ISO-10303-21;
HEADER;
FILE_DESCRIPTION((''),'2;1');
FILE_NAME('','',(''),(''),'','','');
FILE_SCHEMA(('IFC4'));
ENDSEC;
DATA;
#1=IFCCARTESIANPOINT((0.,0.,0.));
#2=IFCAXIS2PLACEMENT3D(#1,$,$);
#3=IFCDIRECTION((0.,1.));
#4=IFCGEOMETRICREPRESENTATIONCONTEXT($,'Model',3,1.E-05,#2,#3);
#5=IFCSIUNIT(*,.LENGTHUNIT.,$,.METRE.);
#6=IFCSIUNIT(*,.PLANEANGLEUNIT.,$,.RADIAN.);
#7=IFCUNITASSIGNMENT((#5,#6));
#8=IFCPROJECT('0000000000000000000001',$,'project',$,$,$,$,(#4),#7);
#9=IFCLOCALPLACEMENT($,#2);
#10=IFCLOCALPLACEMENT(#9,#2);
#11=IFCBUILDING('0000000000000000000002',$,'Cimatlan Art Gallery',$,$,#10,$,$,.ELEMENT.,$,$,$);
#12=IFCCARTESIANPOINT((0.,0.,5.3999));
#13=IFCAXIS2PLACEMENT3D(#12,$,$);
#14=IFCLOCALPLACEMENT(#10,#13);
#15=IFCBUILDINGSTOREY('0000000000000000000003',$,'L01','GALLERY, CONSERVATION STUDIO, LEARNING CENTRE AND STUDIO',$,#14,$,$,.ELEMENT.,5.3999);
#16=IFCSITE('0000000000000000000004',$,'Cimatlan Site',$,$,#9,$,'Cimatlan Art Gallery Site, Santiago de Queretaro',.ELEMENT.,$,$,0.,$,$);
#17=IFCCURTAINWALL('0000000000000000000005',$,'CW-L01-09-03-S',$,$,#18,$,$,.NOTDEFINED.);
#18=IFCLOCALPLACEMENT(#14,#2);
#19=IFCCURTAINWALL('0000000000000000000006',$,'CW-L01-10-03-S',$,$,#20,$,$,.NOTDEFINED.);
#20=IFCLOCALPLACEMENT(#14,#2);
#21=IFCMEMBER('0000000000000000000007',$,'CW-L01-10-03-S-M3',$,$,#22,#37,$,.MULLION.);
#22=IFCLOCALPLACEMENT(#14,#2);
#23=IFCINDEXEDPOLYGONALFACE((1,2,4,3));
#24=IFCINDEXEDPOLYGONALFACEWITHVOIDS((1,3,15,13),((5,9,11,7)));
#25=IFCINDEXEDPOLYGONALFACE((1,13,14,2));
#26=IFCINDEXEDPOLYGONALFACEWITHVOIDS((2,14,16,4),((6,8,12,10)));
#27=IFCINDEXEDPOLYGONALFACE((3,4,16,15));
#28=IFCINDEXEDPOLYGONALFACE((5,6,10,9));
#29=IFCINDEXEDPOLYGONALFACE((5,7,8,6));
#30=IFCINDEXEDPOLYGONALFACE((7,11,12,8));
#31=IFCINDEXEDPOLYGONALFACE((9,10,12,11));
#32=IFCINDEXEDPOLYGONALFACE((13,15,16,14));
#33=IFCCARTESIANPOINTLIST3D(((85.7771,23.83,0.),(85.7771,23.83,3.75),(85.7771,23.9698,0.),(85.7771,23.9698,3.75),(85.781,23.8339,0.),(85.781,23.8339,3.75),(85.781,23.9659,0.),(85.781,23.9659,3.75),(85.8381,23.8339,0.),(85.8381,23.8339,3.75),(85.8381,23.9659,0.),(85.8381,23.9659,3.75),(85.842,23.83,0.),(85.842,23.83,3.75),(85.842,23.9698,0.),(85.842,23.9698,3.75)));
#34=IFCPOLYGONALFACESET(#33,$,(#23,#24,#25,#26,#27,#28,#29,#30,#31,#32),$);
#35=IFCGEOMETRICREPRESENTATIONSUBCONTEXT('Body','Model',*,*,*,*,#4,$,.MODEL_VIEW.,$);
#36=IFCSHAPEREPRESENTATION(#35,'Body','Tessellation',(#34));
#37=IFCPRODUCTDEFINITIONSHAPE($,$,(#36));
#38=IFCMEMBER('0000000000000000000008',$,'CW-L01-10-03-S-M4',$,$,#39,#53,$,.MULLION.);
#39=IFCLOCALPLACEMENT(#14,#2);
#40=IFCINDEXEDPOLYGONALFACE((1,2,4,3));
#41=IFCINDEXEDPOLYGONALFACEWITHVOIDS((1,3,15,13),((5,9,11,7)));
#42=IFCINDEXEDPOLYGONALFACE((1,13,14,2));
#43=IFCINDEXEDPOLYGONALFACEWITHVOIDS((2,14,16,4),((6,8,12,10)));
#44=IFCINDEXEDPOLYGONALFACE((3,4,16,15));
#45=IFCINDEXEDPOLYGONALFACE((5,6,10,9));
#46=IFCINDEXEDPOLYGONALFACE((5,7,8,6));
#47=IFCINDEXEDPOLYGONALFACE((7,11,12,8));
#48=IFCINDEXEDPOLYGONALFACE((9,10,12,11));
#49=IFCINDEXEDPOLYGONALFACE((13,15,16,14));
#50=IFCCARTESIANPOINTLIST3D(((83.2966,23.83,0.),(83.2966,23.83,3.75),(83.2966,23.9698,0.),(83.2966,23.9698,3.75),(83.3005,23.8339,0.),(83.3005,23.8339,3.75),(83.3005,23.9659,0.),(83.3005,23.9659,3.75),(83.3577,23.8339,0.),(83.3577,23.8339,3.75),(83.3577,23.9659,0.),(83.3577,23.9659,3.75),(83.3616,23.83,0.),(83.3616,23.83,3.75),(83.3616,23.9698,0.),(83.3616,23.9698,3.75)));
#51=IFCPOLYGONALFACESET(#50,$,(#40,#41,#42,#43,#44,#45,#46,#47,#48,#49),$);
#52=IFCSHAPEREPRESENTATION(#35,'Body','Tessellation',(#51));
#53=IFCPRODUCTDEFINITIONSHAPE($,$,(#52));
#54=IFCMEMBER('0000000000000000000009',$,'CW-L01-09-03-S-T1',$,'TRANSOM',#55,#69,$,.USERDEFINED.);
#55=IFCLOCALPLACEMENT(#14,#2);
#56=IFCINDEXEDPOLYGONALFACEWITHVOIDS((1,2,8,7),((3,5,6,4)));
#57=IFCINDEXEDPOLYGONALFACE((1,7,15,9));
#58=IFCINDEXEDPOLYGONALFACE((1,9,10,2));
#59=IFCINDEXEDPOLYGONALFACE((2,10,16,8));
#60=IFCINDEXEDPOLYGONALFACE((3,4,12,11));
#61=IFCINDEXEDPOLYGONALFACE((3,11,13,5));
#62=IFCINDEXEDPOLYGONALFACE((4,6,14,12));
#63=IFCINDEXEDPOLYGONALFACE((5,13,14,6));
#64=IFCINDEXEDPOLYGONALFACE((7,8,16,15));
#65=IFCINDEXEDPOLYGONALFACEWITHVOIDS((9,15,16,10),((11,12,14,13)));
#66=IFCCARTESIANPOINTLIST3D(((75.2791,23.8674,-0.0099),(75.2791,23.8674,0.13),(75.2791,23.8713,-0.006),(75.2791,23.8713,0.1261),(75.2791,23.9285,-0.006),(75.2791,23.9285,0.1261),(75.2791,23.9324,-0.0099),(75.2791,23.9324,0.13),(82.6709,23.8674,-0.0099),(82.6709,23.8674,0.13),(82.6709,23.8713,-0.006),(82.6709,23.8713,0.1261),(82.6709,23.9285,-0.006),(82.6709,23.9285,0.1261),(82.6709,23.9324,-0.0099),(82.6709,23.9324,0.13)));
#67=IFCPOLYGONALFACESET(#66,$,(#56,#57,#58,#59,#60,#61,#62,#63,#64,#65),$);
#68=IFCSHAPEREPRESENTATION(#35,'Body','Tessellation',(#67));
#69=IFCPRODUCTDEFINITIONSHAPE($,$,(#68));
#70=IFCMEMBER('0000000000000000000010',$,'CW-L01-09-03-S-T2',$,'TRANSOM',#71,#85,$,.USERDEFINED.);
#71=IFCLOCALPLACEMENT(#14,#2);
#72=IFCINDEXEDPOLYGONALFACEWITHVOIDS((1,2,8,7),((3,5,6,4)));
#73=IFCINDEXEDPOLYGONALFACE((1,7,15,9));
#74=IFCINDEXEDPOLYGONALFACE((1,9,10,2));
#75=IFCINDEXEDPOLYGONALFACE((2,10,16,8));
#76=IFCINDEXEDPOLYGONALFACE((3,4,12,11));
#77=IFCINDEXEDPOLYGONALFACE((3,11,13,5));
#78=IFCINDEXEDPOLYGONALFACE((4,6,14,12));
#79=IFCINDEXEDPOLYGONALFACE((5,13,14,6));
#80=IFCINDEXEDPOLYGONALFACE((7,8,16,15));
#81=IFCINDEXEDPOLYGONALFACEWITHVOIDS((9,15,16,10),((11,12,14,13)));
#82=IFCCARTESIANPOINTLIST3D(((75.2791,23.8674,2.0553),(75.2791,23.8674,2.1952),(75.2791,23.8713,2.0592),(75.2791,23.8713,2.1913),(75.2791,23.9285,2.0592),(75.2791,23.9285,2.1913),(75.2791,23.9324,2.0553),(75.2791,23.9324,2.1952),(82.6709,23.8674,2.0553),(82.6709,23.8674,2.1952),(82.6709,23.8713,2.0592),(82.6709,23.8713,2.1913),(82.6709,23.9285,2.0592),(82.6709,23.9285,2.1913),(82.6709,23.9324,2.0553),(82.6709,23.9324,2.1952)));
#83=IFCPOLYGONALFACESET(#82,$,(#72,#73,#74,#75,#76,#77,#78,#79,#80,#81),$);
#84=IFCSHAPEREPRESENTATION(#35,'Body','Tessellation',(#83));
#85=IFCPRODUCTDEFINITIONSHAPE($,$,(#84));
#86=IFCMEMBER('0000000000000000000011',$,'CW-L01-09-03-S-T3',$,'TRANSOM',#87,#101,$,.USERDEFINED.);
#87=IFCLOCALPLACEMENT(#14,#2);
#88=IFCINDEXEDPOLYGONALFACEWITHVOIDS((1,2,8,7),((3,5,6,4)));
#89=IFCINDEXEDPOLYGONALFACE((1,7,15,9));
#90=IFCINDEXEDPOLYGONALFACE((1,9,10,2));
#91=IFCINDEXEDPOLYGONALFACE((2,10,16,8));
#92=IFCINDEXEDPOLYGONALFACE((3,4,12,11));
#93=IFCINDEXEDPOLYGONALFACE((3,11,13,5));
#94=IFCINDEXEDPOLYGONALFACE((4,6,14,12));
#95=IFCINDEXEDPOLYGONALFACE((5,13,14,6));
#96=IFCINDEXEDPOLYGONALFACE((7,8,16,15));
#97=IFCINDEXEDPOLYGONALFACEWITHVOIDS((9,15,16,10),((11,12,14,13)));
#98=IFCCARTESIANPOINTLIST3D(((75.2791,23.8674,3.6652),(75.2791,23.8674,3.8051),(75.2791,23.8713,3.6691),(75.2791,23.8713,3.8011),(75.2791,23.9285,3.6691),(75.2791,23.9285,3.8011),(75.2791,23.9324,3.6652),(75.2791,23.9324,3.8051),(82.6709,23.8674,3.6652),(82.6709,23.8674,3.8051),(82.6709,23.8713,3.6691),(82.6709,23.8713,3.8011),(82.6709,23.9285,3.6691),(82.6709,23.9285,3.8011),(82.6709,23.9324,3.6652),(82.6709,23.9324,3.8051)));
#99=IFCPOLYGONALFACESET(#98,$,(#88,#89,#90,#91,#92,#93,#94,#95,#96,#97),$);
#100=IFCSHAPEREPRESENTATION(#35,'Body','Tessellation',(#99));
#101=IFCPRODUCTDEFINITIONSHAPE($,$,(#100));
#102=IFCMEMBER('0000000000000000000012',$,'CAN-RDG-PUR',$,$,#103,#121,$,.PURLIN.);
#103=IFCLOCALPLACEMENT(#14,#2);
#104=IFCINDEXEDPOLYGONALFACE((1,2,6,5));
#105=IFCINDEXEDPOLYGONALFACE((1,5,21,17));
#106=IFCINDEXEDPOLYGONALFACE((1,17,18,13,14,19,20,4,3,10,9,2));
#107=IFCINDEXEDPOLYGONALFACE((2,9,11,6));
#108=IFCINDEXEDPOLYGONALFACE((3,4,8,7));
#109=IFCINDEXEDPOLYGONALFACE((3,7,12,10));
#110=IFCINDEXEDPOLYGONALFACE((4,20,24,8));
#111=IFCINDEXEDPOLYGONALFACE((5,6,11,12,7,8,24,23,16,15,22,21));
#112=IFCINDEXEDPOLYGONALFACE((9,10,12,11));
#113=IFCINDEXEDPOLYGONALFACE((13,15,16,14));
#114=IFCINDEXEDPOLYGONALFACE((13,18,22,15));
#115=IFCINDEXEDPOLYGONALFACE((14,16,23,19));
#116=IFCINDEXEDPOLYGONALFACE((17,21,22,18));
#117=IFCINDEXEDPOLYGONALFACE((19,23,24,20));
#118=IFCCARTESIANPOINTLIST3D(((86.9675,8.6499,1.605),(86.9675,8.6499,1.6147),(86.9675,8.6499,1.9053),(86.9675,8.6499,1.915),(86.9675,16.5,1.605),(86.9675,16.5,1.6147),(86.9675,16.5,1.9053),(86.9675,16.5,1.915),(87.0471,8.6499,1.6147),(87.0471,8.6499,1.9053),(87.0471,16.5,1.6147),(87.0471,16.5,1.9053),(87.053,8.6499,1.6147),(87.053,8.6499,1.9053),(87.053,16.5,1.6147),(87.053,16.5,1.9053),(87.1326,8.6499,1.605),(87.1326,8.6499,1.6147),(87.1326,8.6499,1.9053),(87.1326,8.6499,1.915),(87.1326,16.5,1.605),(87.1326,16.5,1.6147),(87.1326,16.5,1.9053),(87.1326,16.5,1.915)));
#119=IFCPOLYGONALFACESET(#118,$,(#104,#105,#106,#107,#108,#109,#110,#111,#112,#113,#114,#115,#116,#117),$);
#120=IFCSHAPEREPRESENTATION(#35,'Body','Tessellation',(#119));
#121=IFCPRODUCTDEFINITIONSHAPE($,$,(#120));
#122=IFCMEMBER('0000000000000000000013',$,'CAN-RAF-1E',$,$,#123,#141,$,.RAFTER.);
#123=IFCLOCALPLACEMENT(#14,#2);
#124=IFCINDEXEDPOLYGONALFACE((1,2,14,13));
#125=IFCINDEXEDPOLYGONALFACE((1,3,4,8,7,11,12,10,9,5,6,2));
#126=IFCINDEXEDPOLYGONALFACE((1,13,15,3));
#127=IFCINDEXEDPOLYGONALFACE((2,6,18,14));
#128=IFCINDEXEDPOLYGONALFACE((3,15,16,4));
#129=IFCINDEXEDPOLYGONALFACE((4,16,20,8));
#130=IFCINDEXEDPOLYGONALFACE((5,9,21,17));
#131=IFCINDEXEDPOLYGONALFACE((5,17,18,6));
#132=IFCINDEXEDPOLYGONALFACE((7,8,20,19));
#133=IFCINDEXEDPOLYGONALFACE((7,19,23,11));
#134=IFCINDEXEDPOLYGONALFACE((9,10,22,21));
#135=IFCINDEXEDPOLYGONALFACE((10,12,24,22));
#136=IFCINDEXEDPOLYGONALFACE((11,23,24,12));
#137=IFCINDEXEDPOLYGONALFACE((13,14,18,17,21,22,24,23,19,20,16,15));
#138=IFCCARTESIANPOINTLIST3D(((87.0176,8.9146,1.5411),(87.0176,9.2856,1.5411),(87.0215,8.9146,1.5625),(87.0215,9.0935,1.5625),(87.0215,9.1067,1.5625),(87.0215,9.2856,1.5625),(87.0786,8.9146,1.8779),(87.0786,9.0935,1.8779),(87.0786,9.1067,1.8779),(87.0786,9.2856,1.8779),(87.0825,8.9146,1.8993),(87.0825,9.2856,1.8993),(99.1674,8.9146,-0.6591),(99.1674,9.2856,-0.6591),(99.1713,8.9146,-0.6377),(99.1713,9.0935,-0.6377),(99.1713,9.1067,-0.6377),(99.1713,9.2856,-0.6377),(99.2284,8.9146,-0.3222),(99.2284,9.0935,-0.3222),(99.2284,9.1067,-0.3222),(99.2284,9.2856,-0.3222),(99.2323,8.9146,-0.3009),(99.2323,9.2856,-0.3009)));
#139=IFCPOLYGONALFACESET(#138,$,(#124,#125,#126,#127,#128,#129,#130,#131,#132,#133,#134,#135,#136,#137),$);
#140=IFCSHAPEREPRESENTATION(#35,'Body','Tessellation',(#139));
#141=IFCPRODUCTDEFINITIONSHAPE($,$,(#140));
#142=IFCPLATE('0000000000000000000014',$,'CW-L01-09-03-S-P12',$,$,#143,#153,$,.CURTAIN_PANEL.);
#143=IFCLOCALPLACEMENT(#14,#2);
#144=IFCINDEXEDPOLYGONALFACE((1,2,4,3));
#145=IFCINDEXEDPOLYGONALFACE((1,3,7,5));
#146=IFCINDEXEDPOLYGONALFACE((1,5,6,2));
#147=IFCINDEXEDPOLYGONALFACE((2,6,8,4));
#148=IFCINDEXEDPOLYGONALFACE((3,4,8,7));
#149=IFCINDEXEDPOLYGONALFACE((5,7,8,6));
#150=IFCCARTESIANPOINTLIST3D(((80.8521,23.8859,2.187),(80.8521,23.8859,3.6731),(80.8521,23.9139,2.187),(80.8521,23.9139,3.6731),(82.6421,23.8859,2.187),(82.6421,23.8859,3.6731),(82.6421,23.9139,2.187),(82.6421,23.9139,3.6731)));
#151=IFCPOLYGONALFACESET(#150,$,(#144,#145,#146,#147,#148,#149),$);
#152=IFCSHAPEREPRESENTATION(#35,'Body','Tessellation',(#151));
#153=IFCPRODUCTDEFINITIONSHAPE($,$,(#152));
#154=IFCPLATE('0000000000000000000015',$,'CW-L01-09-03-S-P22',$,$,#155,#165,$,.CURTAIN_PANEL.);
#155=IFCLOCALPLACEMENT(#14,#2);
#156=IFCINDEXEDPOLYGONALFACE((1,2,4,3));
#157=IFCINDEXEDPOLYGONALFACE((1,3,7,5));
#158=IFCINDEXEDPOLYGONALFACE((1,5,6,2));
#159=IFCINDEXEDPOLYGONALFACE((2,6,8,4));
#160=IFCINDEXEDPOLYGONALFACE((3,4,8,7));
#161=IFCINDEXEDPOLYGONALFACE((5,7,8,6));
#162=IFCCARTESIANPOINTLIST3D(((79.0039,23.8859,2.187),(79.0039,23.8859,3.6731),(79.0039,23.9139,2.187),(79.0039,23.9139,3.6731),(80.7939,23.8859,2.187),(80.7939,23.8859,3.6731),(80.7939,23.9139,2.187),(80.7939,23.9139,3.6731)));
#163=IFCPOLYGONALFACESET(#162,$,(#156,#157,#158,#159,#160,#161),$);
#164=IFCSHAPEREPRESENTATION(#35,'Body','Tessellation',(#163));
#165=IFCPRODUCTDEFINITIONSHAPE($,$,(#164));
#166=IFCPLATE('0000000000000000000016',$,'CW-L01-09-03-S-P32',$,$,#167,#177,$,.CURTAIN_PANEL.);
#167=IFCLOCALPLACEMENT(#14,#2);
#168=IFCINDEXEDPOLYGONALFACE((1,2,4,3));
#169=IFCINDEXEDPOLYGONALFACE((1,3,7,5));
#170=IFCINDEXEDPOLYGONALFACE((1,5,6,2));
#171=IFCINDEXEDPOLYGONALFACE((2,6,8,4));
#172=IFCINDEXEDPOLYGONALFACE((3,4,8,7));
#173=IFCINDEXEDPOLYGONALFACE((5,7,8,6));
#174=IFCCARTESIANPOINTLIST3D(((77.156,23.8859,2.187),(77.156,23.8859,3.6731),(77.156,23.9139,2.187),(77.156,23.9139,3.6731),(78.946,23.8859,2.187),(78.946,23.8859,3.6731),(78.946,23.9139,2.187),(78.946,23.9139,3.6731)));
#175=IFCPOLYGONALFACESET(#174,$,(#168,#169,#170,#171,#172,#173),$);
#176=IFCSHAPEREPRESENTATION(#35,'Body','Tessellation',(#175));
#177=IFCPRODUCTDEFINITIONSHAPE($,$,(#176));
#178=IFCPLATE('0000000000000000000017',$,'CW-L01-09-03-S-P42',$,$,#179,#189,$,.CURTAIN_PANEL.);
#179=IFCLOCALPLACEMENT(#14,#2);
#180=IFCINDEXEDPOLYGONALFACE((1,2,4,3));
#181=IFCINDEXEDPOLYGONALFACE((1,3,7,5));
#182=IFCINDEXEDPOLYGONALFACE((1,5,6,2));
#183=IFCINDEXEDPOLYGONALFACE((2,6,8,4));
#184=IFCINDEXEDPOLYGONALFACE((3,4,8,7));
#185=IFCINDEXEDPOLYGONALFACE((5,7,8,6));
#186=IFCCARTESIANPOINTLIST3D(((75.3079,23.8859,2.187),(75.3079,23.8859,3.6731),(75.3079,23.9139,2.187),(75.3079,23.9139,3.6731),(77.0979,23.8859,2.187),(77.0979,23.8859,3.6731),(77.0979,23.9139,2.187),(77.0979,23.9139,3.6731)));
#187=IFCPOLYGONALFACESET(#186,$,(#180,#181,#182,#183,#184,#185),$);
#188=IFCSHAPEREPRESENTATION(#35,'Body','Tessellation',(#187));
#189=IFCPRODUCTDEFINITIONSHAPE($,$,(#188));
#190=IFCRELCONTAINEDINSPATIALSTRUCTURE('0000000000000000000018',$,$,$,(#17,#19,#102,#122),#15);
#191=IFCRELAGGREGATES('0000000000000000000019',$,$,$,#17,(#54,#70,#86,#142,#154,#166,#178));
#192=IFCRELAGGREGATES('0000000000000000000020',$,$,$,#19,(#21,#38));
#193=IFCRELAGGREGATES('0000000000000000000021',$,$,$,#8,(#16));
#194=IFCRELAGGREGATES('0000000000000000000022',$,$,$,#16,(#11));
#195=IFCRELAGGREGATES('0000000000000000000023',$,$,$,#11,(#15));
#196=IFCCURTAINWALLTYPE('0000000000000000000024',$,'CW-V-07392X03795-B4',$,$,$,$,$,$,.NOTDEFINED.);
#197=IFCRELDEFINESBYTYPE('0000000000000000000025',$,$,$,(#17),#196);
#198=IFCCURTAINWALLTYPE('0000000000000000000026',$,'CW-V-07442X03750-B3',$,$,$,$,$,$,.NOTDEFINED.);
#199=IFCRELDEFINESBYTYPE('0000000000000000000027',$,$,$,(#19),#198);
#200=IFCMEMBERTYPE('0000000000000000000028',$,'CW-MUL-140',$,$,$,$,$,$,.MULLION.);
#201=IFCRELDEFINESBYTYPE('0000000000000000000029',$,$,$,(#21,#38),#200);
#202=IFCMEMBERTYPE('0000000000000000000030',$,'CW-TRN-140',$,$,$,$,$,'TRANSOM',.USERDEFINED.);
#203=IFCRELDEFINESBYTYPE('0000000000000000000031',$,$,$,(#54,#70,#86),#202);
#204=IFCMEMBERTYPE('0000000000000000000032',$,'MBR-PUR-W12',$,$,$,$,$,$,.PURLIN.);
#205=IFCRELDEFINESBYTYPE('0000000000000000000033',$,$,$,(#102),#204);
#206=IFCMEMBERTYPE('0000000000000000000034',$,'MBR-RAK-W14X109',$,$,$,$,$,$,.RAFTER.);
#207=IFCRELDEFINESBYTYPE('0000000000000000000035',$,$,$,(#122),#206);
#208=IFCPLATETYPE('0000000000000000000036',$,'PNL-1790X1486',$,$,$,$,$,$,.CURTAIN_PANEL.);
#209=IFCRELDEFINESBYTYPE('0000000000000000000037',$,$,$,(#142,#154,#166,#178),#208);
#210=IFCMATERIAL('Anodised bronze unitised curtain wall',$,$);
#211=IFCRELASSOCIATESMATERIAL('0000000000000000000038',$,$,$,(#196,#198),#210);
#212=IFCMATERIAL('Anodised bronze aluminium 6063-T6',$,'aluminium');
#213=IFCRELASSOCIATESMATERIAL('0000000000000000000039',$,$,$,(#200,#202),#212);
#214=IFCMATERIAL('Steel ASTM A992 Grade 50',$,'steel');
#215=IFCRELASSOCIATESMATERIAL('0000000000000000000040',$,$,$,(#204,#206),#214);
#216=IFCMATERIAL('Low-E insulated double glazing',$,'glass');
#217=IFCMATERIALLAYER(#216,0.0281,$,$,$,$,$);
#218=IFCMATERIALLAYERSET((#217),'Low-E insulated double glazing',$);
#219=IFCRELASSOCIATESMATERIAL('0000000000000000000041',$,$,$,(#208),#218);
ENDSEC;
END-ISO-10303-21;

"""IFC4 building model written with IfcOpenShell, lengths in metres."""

from ifc_helpers import new_model, si_unit, direction, frame, origin, origin_2d, place, context, subcontext, project, spatial, rectangle, hollow_rectangle, i_section, extrude, material, layer, layer_set, material_profile, profile_set, type_object, element, aggregate, save


model = new_model("IFC4")

# Units and contexts
model_context = context("Model", 3, precision=1e-05, world=origin(), true_north=direction((0.0, 1.0)))
body_context = subcontext(model_context, "Body", "Model", "MODEL_VIEW")
ifc_project = project(units=[si_unit("LENGTHUNIT", "METRE"), si_unit("PLANEANGLEUNIT", "RADIAN")], contexts=[model_context])

# Site, building, storey
site_placement = place(None, origin())
site = spatial("IfcSite", under=ifc_project, at=site_placement, Name="Cimatlan Site", LongName="Cimatlan Art Gallery Site, Santiago de Queretaro", CompositionType="ELEMENT", RefElevation=0.0)
building_placement = place(site_placement, origin())
building = spatial("IfcBuilding", under=site, at=building_placement, Name="Cimatlan Art Gallery", CompositionType="ELEMENT")
storey_placement = place(building_placement, frame((0.0, 0.0, 5.3999)))
storey = spatial("IfcBuildingStorey", under=building, at=storey_placement, Name="L01", Description="GALLERY, CONSERVATION STUDIO, LEARNING CENTRE AND STUDIO", CompositionType="ELEMENT", Elevation=5.3999)

# Shared definitions
ifc_material_1 = material(Name="Steel ASTM A992 Grade 50", Category="steel")

# Curtain walls, members
ifc_material_2 = material(Name="Anodised bronze unitised curtain wall")
curtain_wall_type_1 = type_object("IfcCurtainWallType", Name="CW-V-07392X03795-B4", PredefinedType="NOTDEFINED", material=ifc_material_2)
curtain_wall_1_placement = place(storey_placement, origin())
curtain_wall_1 = element("IfcCurtainWall", 1, at=curtain_wall_1_placement, inside=storey, type_object=curtain_wall_type_1, Name="CW-L01-09-03-S", PredefinedType="NOTDEFINED")
ifc_material_3 = material(Name="Anodised bronze aluminium 6063-T6", Category="aluminium")
ifc_material_profile_1 = material_profile(ifc_material_3, hollow_rectangle(XDim=0.0649, YDim=0.1399, WallThickness=0.0039, at=origin_2d()), Name="ALU65X140X4")
ifc_profile_set_1 = profile_set([ifc_material_profile_1], Name="Anodised bronze aluminium 6063-T6")
member_type_1 = type_object("IfcMemberType", Name="CW-MUL-140", PredefinedType="MULLION", material=ifc_profile_set_1)
curtain_wall_type_2 = type_object("IfcCurtainWallType", Name="CW-V-07442X03750-B3", PredefinedType="NOTDEFINED", material=ifc_material_2)
curtain_wall_2_placement = place(storey_placement, origin())
curtain_wall_2 = element("IfcCurtainWall", 2, at=curtain_wall_2_placement, inside=storey, type_object=curtain_wall_type_2, Name="CW-L01-10-03-S", PredefinedType="NOTDEFINED")
member_1_placement = place(storey_placement, frame((85.8096, 23.8999, 0.0), z_axis=(0.0, 0.0, 1.0), x_axis=(1.0, 0.0, 0.0)))
member_1 = element("IfcMember", 3, at=member_1_placement, type_object=member_type_1, Name="CW-L01-10-03-S-M3", PredefinedType="MULLION", context=body_context, shape_type="SweptSolid", body=[
    extrude(hollow_rectangle(XDim=0.0649, YDim=0.1399, WallThickness=0.0039, at=origin_2d()), origin(), (0.0, 0.0, 1.0), 3.75),
])
member_2_placement = place(storey_placement, frame((83.3291, 23.8999, 0.0), z_axis=(0.0, 0.0, 1.0), x_axis=(1.0, 0.0, 0.0)))
member_2 = element("IfcMember", 4, at=member_2_placement, type_object=member_type_1, Name="CW-L01-10-03-S-M4", PredefinedType="MULLION", context=body_context, shape_type="SweptSolid", body=[
    extrude(hollow_rectangle(XDim=0.0649, YDim=0.1399, WallThickness=0.0039, at=origin_2d()), origin(), (0.0, 0.0, 1.0), 3.75),
])

# Members
ifc_material_profile_2 = material_profile(ifc_material_3, hollow_rectangle(XDim=0.0649, YDim=0.1399, WallThickness=0.0039, at=origin_2d()), Name="ALU65X140X4")
ifc_profile_set_2 = profile_set([ifc_material_profile_2], Name="Anodised bronze aluminium 6063-T6")
member_type_2 = type_object("IfcMemberType", Name="CW-TRN-140", ElementType="TRANSOM", PredefinedType="USERDEFINED", material=ifc_profile_set_2)
member_3_placement = place(storey_placement, frame((82.6709, 23.8999, 0.0601), z_axis=(-1.0, 0.0, 0.0), x_axis=(0.0, -1.0, 0.0)))
member_3 = element("IfcMember", 5, at=member_3_placement, type_object=member_type_2, Name="CW-L01-09-03-S-T1", ObjectType="TRANSOM", PredefinedType="USERDEFINED", context=body_context, shape_type="SweptSolid", body=[
    extrude(hollow_rectangle(XDim=0.0649, YDim=0.1399, WallThickness=0.0039, at=origin_2d()), origin(), (0.0, 0.0, 1.0), 7.3918),
])
member_4_placement = place(storey_placement, frame((82.6709, 23.8999, 2.1252), z_axis=(-1.0, 0.0, 0.0), x_axis=(0.0, -1.0, 0.0)))
member_4 = element("IfcMember", 6, at=member_4_placement, type_object=member_type_2, Name="CW-L01-09-03-S-T2", ObjectType="TRANSOM", PredefinedType="USERDEFINED", context=body_context, shape_type="SweptSolid", body=[
    extrude(hollow_rectangle(XDim=0.0649, YDim=0.1399, WallThickness=0.0039, at=origin_2d()), origin(), (0.0, 0.0, 1.0), 7.3918),
])
member_5_placement = place(storey_placement, frame((82.6709, 23.8999, 3.7351), z_axis=(-1.0, 0.0, 0.0), x_axis=(0.0, -1.0, 0.0)))
member_5 = element("IfcMember", 7, at=member_5_placement, type_object=member_type_2, Name="CW-L01-09-03-S-T3", ObjectType="TRANSOM", PredefinedType="USERDEFINED", context=body_context, shape_type="SweptSolid", body=[
    extrude(hollow_rectangle(XDim=0.0649, YDim=0.1399, WallThickness=0.0039, at=origin_2d()), origin(), (0.0, 0.0, 1.0), 7.3918),
])

# Members
ifc_material_profile_3 = material_profile(ifc_material_1, i_section(OverallWidth=0.165, OverallDepth=0.3101, WebThickness=0.0059, FlangeThickness=0.0098, at=origin_2d()), Name="W12X26")
ifc_profile_set_3 = profile_set([ifc_material_profile_3], Name="Steel ASTM A992 Grade 50")
member_type_3 = type_object("IfcMemberType", Name="MBR-PUR-W12", PredefinedType="PURLIN", material=ifc_profile_set_3)
member_6_placement = place(storey_placement, frame((87.05, 8.6499, 1.76), z_axis=(0.0, 1.0, 0.0), x_axis=(-1.0, 0.0, 0.0)))
element("IfcMember", 8, at=member_6_placement, inside=storey, type_object=member_type_3, Name="CAN-RDG-PUR", PredefinedType="PURLIN", context=body_context, shape_type="SweptSolid", body=[
    extrude(i_section(OverallWidth=0.165, OverallDepth=0.3101, WebThickness=0.0059, FlangeThickness=0.0098, at=origin_2d()), origin(), (0.0, 0.0, 1.0), 7.8501),
])
ifc_material_profile_4 = material_profile(ifc_material_1, i_section(OverallWidth=0.3711, OverallDepth=0.364, WebThickness=0.0132, FlangeThickness=0.0217, at=origin_2d()), Name="W14X109")
ifc_profile_set_4 = profile_set([ifc_material_profile_4], Name="Steel ASTM A992 Grade 50")
member_type_4 = type_object("IfcMemberType", Name="MBR-RAK-W14X109", PredefinedType="RAFTER", material=ifc_profile_set_4)
member_7_placement = place(storey_placement, frame((87.05, 9.1001, 1.7202), z_axis=(0.983996, 0.0, -0.178189), x_axis=(0.0, 1.0, 0.0)))
element("IfcMember", 9, at=member_7_placement, inside=storey, type_object=member_type_4, Name="CAN-RAF-1E", PredefinedType="RAFTER", context=body_context, shape_type="SweptSolid", body=[
    extrude(i_section(OverallWidth=0.3711, OverallDepth=0.364, WebThickness=0.0132, FlangeThickness=0.0217, at=origin_2d()), origin(), (0.0, 0.0, 1.0), 12.3474),
])

# Plates
ifc_material_4 = material(Name="Low-E insulated double glazing", Category="glass")
ifc_layer_1 = layer(ifc_material_4, 0.0281)
ifc_layer_set_1 = layer_set([ifc_layer_1], Name="Low-E insulated double glazing")
plate_type_1 = type_object("IfcPlateType", Name="PNL-1790X1486", PredefinedType="CURTAIN_PANEL", material=ifc_layer_set_1)
plate_1_placement = place(storey_placement, frame((81.7471, 23.8999, 2.187), z_axis=(0.0, 0.0, 1.0), x_axis=(-1.0, 0.0, 0.0)))
plate_1 = element("IfcPlate", 10, at=plate_1_placement, type_object=plate_type_1, Name="CW-L01-09-03-S-P12", PredefinedType="CURTAIN_PANEL", context=body_context, shape_type="SweptSolid", body=[
    extrude(rectangle(XDim=1.79, YDim=0.0281, at=origin_2d()), origin(), (0.0, 0.0, 1.0), 1.4861),
])
plate_2_placement = place(storey_placement, frame((79.8989, 23.8999, 2.187), z_axis=(0.0, 0.0, 1.0), x_axis=(-1.0, 0.0, 0.0)))
plate_2 = element("IfcPlate", 11, at=plate_2_placement, type_object=plate_type_1, Name="CW-L01-09-03-S-P22", PredefinedType="CURTAIN_PANEL", context=body_context, shape_type="SweptSolid", body=[
    extrude(rectangle(XDim=1.79, YDim=0.0281, at=origin_2d()), origin(), (0.0, 0.0, 1.0), 1.4861),
])
plate_3_placement = place(storey_placement, frame((78.051, 23.8999, 2.187), z_axis=(0.0, 0.0, 1.0), x_axis=(-1.0, 0.0, 0.0)))
plate_3 = element("IfcPlate", 12, at=plate_3_placement, type_object=plate_type_1, Name="CW-L01-09-03-S-P32", PredefinedType="CURTAIN_PANEL", context=body_context, shape_type="SweptSolid", body=[
    extrude(rectangle(XDim=1.79, YDim=0.0281, at=origin_2d()), origin(), (0.0, 0.0, 1.0), 1.4861),
])
plate_4_placement = place(storey_placement, frame((76.2029, 23.8999, 2.187), z_axis=(0.0, 0.0, 1.0), x_axis=(-1.0, 0.0, 0.0)))
plate_4 = element("IfcPlate", 13, at=plate_4_placement, type_object=plate_type_1, Name="CW-L01-09-03-S-P42", PredefinedType="CURTAIN_PANEL", context=body_context, shape_type="SweptSolid", body=[
    extrude(rectangle(XDim=1.79, YDim=0.0281, at=origin_2d()), origin(), (0.0, 0.0, 1.0), 1.4861),
])
aggregate(curtain_wall_1, [member_3, member_4, member_5, plate_1, plate_2, plate_3, plate_4])
aggregate(curtain_wall_2, [member_1, member_2])

save(model, "model.ifc")
